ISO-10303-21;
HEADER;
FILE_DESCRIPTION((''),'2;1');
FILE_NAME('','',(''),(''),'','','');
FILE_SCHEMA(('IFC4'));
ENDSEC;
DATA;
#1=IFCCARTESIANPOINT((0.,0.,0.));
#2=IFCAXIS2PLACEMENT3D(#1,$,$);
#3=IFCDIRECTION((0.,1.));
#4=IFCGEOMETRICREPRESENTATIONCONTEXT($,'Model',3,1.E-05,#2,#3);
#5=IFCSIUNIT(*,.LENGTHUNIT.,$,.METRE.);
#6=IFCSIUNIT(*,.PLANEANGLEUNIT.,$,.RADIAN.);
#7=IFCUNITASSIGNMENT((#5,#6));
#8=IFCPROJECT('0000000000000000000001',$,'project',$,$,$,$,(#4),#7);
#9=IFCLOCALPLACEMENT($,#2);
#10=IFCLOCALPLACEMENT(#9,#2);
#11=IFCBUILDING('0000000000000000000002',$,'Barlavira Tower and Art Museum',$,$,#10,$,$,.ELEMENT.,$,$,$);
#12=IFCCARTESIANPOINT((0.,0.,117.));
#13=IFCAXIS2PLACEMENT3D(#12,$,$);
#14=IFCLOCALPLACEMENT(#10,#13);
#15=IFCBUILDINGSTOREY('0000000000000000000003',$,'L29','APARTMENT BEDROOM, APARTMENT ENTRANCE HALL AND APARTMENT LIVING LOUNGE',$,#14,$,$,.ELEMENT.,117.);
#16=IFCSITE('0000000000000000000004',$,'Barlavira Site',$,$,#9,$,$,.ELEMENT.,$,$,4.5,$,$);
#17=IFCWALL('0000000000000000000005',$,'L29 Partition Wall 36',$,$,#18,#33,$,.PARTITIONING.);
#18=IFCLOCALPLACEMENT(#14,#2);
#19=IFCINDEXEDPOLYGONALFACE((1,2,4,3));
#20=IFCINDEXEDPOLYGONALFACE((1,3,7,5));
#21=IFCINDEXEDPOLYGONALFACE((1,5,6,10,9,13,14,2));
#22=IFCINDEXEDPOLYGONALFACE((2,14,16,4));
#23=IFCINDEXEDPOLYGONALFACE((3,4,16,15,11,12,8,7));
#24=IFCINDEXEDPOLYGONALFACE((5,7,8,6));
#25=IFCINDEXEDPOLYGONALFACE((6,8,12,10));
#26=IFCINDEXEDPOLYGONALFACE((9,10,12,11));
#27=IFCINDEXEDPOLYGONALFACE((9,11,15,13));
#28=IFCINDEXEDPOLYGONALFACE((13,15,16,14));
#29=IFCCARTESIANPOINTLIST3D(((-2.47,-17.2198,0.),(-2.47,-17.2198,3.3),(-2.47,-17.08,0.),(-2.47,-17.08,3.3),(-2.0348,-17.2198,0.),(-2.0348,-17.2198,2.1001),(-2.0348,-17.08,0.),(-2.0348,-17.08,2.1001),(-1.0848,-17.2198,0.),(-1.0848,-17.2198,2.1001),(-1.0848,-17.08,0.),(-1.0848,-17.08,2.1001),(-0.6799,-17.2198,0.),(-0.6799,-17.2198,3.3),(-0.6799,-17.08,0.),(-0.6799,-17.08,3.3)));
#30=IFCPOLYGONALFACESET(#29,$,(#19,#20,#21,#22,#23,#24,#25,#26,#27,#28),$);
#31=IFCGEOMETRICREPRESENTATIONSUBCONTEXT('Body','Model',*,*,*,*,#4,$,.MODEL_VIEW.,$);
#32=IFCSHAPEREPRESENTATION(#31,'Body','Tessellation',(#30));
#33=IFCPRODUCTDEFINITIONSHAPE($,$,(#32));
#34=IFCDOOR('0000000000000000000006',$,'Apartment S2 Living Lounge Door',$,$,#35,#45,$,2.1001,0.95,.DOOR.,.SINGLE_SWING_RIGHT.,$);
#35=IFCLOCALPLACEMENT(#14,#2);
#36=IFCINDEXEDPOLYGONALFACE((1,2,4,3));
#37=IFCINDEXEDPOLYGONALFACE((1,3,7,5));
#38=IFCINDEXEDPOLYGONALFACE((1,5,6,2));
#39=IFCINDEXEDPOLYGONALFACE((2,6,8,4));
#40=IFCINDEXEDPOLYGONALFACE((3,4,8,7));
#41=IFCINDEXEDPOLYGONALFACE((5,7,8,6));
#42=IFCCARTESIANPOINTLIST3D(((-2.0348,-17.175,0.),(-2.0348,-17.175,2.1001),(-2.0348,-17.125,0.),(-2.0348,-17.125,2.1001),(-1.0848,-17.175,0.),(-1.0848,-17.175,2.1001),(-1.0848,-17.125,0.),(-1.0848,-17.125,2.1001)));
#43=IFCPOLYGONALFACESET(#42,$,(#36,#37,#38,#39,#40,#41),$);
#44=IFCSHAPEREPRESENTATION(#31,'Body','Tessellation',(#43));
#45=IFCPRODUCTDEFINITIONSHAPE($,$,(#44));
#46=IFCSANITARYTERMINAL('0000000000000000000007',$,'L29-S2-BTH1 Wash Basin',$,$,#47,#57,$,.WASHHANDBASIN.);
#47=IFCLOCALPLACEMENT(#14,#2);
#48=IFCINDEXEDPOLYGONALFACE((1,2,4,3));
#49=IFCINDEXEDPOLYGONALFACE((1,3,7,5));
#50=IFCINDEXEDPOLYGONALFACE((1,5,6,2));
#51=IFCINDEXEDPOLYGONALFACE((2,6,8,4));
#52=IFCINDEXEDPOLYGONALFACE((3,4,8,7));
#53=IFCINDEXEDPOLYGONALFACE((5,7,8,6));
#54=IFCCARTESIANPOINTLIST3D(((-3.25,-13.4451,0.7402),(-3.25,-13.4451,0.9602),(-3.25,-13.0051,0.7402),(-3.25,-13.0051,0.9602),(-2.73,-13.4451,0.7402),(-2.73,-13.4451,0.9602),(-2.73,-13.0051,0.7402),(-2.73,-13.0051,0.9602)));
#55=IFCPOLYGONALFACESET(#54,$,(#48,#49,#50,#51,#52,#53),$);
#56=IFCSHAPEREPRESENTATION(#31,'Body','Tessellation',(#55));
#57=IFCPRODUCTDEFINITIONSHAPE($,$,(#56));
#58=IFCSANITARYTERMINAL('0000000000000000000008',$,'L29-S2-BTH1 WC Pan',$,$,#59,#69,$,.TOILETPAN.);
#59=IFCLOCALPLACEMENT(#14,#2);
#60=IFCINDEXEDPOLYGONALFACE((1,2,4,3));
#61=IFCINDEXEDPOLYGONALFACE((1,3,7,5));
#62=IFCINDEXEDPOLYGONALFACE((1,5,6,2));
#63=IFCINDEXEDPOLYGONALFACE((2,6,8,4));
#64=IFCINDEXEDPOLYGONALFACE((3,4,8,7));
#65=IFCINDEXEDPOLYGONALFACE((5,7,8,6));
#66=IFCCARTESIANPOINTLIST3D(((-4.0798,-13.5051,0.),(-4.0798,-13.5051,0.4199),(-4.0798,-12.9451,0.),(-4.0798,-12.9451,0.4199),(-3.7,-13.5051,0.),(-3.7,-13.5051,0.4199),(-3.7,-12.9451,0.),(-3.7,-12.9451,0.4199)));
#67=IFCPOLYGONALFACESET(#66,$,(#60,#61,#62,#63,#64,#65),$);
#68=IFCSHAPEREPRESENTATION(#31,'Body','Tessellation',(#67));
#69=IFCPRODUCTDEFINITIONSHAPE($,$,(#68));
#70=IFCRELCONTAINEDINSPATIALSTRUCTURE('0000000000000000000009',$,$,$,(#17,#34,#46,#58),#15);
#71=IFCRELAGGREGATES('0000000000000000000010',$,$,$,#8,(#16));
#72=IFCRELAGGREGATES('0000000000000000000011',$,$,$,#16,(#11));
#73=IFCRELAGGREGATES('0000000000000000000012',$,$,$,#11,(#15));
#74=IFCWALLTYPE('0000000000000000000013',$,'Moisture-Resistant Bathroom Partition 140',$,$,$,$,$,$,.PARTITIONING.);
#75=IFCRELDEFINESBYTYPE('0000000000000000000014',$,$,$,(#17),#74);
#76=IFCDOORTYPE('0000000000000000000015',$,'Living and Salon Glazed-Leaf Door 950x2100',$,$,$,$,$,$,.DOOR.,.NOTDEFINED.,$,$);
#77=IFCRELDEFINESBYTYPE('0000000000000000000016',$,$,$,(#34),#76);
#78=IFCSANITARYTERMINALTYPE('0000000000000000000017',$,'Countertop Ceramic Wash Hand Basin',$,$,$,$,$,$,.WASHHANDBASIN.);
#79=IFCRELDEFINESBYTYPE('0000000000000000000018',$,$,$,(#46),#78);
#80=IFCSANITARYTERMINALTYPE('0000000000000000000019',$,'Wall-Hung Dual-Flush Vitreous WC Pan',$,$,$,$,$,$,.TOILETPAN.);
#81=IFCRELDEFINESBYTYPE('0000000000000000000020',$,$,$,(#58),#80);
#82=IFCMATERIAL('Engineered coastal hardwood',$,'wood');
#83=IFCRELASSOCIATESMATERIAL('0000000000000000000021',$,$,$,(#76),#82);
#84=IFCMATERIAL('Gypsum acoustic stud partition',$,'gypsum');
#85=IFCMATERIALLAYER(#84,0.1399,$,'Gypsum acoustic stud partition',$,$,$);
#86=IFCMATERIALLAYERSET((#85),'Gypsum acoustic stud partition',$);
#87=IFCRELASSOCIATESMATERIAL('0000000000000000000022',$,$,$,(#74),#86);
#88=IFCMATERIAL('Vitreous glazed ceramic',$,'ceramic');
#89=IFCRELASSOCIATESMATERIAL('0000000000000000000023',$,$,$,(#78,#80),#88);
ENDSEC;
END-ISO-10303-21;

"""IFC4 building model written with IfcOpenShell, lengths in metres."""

from ifc_helpers import new_model, si_unit, direction, frame, frame_2d, origin, origin_2d, place, context, subcontext, project, spatial, rectangle, extrude, material, layer, layer_set, type_object, element, fill, save


model = new_model("IFC4")

# Units and contexts
model_context = context("Model", 3, precision=1e-05, world=origin(), true_north=direction((0.0, 1.0)))
body_context = subcontext(model_context, "Body", "Model", "MODEL_VIEW")
ifc_project = project(units=[si_unit("LENGTHUNIT", "METRE"), si_unit("PLANEANGLEUNIT", "RADIAN")], contexts=[model_context])

# Site, building, storey
site_placement = place(None, origin())
site = spatial("IfcSite", under=ifc_project, at=site_placement, Name="Barlavira Site", CompositionType="ELEMENT", RefElevation=4.5)
building_placement = place(site_placement, origin())
building = spatial("IfcBuilding", under=site, at=building_placement, Name="Barlavira Tower and Art Museum", CompositionType="ELEMENT")
storey_placement = place(building_placement, frame((0.0, 0.0, 117.0)))
storey = spatial("IfcBuildingStorey", under=building, at=storey_placement, Name="L29", Description="APARTMENT BEDROOM, APARTMENT ENTRANCE HALL AND APARTMENT LIVING LOUNGE", CompositionType="ELEMENT", Elevation=117.0)

# Shared definitions
ifc_material_1 = material(Name="Gypsum acoustic stud partition", Category="gypsum")
ifc_material_2 = material(Name="Engineered coastal hardwood", Category="wood")
door_type_1 = type_object("IfcDoorType", Name="Living and Salon Glazed-Leaf Door 950x2100", OperationType="NOTDEFINED", PredefinedType="DOOR", material=ifc_material_2)

# Shared definitions
ifc_layer_1 = layer(ifc_material_1, 0.1399, Name="Gypsum acoustic stud partition")
ifc_layer_set_1 = layer_set([ifc_layer_1], Name="Gypsum acoustic stud partition")
wall_type_1 = type_object("IfcWallType", Name="Moisture-Resistant Bathroom Partition 140", PredefinedType="PARTITIONING", material=ifc_layer_set_1)

# Wall, opening, door
wall_1_placement = place(storey_placement, frame((-2.47, -17.1499, 0.0), z_axis=(0.0, 0.0, 1.0), x_axis=(1.0, 0.0, 0.0)))
wall_1 = element("IfcWall", 1, at=wall_1_placement, inside=storey, type_object=wall_type_1, Name="L29 Partition Wall 36", PredefinedType="PARTITIONING", context=body_context, shape_type="SweptSolid", body=[
    extrude(rectangle(XDim=1.79, YDim=0.1399, at=frame_2d((0.895, 0.0))), origin(), (0.0, 0.0, 1.0), 3.3),
])
opening_1_placement = place(wall_1_placement, frame((0.4351, 0.0, 0.0)))
opening_1 = element("IfcOpeningElement", 2, at=opening_1_placement, cuts=wall_1, PredefinedType="OPENING", context=body_context, shape_type="SweptSolid", body=[
    extrude(rectangle(XDim=0.95, YDim=2.1001, at=frame_2d((0.4751, 1.05))), frame((0.0, 0.0801, 0.0), z_axis=(0.0, -1.0, 0.0), x_axis=(1.0, 0.0, 0.0)), (0.0, 0.0, 1.0), 0.1599),
])
door_1_placement = place(opening_1_placement, origin())
door_1 = element("IfcDoor", 3, at=door_1_placement, inside=storey, type_object=door_type_1, Name="Apartment S2 Living Lounge Door", OperationType="SINGLE_SWING_RIGHT", OverallHeight=2.1001, OverallWidth=0.95, PredefinedType="DOOR", context=body_context, shape_type="SweptSolid", body=[
    extrude(rectangle(XDim=0.95, YDim=2.1001, at=frame_2d((0.4751, 1.05))), frame((0.0, 0.0249, 0.0), z_axis=(0.0, -1.0, 0.0), x_axis=(1.0, 0.0, 0.0)), (0.0, 0.0, 1.0), 0.05),
])
fill(opening_1, door_1)

# Sanitary terminals
ifc_material_3 = material(Name="Vitreous glazed ceramic", Category="ceramic")
sanitary_terminal_type_1 = type_object("IfcSanitaryTerminalType", Name="Countertop Ceramic Wash Hand Basin", PredefinedType="WASHHANDBASIN", material=ifc_material_3)
sanitary_terminal_1_placement = place(storey_placement, frame((-2.99, -13.2251, 0.7402), z_axis=(0.0, 0.0, 1.0), x_axis=(1.0, 0.0, 0.0)))
element("IfcSanitaryTerminal", 4, at=sanitary_terminal_1_placement, inside=storey, type_object=sanitary_terminal_type_1, Name="L29-S2-BTH1 Wash Basin", PredefinedType="WASHHANDBASIN", context=body_context, shape_type="SweptSolid", body=[
    extrude(rectangle(XDim=0.52, YDim=0.4399, at=origin_2d()), origin(), (0.0, 0.0, 1.0), 0.22),
])
sanitary_terminal_type_2 = type_object("IfcSanitaryTerminalType", Name="Wall-Hung Dual-Flush Vitreous WC Pan", PredefinedType="TOILETPAN", material=ifc_material_3)
sanitary_terminal_2_placement = place(storey_placement, frame((-3.8899, -13.2251, 0.0), z_axis=(0.0, 0.0, 1.0), x_axis=(1.0, 0.0, 0.0)))
element("IfcSanitaryTerminal", 5, at=sanitary_terminal_2_placement, inside=storey, type_object=sanitary_terminal_type_2, Name="L29-S2-BTH1 WC Pan", PredefinedType="TOILETPAN", context=body_context, shape_type="SweptSolid", body=[
    extrude(rectangle(XDim=0.3799, YDim=0.5601, at=origin_2d()), origin(), (0.0, 0.0, 1.0), 0.4199),
])

save(model, "model.ifc")
